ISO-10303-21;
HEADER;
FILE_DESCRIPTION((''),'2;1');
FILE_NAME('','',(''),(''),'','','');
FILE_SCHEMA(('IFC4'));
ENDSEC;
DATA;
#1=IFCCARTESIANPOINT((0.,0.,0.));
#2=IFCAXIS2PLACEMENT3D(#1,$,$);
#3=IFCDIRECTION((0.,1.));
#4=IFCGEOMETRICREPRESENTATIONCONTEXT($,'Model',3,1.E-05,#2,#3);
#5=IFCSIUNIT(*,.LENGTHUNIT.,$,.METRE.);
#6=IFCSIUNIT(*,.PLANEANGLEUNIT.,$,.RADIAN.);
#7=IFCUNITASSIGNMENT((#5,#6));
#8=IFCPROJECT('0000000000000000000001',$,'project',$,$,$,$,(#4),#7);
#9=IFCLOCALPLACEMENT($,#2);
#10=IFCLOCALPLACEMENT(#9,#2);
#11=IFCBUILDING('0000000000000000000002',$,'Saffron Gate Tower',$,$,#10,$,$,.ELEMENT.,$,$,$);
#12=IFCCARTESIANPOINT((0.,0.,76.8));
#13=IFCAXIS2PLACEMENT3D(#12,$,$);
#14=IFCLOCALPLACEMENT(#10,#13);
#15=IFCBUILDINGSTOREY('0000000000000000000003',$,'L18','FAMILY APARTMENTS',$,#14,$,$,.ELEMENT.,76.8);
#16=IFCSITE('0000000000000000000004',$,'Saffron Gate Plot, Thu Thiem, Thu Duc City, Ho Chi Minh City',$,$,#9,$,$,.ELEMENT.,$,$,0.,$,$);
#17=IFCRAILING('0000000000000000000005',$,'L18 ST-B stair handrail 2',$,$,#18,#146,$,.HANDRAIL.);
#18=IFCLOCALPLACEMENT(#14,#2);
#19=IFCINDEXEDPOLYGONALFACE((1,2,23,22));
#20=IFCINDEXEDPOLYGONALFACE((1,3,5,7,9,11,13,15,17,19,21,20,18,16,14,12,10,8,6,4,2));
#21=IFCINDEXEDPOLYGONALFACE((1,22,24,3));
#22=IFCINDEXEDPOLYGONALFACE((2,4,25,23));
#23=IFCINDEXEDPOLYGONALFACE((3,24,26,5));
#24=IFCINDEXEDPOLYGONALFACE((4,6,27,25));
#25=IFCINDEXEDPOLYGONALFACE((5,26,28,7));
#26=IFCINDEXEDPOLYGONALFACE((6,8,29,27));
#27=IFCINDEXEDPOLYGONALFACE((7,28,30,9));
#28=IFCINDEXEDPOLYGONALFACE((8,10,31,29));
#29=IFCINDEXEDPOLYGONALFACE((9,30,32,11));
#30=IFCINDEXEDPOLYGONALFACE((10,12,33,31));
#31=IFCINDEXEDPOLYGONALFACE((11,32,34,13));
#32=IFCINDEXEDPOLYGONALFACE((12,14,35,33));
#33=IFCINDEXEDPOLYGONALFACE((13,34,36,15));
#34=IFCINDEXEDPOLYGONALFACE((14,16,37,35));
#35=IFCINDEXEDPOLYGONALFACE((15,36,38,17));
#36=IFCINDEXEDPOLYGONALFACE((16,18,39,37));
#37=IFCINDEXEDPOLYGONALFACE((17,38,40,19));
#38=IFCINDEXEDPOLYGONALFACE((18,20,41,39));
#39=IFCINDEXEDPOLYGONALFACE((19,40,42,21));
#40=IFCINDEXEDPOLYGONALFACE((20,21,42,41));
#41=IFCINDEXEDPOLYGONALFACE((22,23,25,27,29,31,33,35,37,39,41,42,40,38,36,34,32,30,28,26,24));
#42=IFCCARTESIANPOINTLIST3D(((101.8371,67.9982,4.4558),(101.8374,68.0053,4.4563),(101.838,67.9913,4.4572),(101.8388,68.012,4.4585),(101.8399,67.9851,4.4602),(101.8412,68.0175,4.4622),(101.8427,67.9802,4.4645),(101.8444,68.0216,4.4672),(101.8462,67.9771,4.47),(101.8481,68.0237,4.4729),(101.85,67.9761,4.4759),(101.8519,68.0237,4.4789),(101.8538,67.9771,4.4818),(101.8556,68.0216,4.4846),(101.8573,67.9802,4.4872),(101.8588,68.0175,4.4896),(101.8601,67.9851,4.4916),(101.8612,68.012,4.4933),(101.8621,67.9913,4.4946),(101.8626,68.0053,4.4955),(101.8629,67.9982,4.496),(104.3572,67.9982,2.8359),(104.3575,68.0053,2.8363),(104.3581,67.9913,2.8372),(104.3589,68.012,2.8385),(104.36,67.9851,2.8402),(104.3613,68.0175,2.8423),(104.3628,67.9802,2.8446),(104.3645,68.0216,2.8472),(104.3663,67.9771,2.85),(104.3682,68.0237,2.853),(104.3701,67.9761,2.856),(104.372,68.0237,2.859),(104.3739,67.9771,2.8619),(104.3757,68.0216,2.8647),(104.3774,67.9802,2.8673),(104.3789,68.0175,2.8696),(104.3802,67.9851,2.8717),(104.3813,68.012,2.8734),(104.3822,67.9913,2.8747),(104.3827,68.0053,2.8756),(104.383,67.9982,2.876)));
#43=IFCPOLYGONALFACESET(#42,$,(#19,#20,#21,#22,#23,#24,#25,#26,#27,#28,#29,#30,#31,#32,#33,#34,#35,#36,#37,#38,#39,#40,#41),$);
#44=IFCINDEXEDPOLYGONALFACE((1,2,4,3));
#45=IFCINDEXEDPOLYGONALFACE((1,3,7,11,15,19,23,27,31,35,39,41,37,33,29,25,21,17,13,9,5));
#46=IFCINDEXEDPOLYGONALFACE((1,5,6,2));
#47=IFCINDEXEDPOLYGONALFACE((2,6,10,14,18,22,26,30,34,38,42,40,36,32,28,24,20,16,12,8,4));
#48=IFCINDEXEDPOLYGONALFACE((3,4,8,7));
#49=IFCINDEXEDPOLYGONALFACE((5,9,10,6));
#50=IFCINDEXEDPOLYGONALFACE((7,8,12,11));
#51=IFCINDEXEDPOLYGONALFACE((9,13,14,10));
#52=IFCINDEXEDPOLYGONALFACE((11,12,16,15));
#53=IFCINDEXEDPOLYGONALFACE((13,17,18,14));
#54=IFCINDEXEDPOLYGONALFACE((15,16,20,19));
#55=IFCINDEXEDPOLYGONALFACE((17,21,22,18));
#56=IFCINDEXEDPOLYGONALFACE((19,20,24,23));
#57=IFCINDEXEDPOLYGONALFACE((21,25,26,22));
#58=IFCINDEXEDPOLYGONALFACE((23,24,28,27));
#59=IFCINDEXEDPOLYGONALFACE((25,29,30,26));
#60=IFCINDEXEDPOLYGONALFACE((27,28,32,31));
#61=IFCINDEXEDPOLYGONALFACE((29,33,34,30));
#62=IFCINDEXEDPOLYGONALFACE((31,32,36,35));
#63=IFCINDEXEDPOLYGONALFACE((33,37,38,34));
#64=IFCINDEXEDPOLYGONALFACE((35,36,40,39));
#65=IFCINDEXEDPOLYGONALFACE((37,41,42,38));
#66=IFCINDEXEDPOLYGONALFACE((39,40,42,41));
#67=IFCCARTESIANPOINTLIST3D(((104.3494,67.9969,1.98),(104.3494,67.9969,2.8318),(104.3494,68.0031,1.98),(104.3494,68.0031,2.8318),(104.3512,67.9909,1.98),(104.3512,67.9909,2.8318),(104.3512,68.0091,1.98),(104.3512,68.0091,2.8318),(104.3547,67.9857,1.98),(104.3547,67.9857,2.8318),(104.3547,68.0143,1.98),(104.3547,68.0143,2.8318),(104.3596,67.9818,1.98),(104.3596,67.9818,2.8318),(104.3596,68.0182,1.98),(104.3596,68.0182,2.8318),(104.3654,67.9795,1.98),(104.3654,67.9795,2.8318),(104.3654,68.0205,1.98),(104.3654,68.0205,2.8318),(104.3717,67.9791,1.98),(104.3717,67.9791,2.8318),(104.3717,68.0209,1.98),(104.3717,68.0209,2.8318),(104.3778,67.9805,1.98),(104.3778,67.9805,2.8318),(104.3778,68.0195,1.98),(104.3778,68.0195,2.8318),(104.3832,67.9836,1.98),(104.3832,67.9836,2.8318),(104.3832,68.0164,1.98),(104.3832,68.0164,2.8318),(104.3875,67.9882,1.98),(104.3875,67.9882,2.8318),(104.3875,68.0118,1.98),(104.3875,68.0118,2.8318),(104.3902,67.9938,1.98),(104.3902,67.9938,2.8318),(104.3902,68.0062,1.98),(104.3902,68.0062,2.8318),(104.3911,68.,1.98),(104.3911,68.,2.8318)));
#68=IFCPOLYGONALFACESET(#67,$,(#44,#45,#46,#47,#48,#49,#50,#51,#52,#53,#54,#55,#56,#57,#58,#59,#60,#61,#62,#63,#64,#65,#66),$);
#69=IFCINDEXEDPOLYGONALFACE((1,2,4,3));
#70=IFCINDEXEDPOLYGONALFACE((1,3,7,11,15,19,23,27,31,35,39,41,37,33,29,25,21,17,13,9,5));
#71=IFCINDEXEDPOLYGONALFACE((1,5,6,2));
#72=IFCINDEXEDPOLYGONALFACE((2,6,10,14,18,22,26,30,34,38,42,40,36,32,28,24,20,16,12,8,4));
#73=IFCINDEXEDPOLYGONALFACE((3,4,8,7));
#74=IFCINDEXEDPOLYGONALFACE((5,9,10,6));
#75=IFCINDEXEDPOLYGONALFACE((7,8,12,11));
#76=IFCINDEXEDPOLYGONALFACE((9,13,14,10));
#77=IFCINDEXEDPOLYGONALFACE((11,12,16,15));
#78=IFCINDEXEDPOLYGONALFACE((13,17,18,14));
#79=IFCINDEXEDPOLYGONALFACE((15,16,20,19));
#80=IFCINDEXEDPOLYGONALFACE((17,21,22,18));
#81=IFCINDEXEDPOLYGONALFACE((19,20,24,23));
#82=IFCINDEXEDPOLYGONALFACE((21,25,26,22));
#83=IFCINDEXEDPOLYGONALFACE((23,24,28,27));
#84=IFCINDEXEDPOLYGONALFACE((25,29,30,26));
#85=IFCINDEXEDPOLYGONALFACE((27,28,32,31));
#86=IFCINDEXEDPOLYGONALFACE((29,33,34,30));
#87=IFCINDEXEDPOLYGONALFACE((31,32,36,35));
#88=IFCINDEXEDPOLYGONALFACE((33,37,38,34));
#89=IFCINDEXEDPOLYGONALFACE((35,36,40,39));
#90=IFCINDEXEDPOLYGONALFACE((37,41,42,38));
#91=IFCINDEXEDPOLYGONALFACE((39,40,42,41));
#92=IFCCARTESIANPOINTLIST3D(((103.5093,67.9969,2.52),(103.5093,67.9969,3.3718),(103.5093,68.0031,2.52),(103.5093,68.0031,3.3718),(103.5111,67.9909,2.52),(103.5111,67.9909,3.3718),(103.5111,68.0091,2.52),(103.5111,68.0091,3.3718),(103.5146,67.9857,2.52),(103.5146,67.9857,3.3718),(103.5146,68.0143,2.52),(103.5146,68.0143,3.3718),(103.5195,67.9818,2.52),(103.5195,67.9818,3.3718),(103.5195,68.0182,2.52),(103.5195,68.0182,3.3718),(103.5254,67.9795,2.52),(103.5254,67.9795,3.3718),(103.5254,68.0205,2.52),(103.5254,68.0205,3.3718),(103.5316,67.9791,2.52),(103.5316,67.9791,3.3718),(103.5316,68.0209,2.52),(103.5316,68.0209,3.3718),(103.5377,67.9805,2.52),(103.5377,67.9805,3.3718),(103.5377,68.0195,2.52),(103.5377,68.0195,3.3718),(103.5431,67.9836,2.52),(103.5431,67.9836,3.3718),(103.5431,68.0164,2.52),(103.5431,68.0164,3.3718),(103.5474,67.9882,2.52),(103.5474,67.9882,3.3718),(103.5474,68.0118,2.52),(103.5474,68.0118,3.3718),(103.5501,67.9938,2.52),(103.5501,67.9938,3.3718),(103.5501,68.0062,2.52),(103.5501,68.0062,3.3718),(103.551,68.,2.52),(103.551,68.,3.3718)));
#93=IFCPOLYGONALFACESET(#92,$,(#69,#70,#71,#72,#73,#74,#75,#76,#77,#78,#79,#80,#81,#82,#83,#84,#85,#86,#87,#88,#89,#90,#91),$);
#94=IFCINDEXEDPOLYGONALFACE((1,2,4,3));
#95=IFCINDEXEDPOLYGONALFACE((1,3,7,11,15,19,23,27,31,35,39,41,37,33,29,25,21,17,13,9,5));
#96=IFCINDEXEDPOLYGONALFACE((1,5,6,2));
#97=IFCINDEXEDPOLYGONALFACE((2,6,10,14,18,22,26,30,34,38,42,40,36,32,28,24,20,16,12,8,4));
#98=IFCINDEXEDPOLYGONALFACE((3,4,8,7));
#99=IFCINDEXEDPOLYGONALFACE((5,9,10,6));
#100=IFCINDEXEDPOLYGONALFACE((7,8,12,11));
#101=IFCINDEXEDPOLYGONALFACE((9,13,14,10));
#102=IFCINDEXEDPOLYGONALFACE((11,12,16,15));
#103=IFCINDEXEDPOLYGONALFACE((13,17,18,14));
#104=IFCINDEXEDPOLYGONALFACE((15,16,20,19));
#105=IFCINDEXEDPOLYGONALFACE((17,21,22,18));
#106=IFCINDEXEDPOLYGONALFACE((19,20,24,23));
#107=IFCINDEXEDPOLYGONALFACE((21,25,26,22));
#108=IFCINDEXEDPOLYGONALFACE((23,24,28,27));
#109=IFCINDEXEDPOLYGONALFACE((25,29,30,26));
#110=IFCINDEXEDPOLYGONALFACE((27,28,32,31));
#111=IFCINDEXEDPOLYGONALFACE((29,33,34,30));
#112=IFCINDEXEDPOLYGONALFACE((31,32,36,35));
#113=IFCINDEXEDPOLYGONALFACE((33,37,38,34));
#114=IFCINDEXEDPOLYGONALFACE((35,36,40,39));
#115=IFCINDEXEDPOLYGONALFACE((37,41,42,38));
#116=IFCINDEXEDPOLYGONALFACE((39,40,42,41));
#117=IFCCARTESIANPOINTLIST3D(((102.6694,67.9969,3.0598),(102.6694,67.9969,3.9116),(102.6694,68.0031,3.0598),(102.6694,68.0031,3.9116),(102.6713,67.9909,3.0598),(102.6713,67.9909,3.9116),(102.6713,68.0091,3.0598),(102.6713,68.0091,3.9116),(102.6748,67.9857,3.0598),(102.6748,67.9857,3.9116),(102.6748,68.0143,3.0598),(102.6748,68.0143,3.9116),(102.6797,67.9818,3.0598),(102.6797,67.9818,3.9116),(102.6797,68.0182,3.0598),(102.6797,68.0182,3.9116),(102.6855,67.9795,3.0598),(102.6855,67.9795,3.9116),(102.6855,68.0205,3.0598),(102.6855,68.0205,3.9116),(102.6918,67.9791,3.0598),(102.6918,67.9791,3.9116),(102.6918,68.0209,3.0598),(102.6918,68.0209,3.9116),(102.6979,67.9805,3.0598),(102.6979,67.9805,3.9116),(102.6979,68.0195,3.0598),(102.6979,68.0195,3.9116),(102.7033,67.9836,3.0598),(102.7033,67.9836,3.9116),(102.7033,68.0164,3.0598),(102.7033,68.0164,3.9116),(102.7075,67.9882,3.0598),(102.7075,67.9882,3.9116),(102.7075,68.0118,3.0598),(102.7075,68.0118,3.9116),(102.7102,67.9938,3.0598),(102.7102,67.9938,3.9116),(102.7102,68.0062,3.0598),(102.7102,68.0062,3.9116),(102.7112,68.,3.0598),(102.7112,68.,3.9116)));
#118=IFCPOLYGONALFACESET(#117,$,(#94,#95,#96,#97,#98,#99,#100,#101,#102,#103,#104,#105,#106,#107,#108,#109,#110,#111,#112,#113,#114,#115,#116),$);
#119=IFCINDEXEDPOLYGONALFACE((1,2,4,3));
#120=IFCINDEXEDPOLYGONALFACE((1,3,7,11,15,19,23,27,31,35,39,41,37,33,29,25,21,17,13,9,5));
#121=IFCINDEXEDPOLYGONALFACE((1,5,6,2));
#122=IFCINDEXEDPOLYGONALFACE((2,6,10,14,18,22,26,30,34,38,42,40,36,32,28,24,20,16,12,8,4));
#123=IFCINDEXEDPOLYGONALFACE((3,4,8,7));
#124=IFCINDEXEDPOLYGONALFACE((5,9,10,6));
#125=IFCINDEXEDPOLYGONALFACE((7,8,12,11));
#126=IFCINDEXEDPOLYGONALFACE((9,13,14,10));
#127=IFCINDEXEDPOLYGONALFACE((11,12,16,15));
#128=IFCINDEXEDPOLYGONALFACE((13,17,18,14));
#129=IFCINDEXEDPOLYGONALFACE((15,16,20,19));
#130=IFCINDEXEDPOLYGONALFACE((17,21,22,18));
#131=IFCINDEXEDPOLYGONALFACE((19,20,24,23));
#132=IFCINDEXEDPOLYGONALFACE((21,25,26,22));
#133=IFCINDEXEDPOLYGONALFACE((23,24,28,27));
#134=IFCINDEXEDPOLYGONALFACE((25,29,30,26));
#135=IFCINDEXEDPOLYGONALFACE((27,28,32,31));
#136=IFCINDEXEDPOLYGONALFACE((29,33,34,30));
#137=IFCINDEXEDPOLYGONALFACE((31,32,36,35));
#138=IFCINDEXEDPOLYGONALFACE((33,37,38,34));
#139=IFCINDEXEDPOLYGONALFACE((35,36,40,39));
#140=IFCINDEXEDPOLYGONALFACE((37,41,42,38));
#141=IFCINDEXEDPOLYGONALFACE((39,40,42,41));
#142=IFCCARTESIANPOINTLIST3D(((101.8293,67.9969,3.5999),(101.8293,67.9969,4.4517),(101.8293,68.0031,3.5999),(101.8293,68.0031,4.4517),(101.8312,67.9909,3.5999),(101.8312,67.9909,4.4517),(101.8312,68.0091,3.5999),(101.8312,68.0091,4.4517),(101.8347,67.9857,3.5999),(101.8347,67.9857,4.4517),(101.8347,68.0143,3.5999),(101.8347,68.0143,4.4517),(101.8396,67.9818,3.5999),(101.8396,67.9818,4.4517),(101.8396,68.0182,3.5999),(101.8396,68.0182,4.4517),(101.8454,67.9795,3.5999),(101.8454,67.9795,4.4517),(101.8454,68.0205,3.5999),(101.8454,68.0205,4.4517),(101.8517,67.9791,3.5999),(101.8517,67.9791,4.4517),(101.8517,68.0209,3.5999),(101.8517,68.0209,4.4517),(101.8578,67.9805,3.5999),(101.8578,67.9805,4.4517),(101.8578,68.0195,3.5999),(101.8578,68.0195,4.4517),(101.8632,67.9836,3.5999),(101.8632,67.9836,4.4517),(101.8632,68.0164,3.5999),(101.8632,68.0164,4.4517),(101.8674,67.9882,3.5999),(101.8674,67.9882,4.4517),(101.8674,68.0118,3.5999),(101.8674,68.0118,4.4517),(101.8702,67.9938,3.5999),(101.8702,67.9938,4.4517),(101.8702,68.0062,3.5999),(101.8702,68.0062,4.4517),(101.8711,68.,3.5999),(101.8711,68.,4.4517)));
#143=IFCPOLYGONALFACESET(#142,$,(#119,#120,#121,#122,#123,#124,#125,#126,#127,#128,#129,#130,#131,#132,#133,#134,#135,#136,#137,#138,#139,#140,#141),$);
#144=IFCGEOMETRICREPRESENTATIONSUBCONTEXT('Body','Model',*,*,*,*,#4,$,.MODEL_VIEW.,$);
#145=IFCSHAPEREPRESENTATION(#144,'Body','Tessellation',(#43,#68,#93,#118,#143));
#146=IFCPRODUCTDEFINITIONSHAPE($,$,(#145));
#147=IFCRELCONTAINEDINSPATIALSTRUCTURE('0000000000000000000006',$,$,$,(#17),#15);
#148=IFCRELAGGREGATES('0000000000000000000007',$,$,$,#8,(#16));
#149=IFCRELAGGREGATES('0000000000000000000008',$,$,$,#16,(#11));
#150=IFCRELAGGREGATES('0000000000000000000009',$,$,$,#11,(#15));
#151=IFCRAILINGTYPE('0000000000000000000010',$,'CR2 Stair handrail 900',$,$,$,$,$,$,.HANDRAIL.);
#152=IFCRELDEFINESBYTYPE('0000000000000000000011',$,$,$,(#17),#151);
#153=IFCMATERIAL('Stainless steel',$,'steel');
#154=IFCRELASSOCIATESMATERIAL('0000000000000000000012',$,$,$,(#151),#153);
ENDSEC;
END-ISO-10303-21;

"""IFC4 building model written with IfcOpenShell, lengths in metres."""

from ifc_helpers import new_model, si_unit, direction, frame, origin, origin_2d, place, context, subcontext, project, spatial, circle, extrude, material, type_object, element, save


model = new_model("IFC4")

# Units and contexts
model_context = context("Model", 3, precision=1e-05, world=origin(), true_north=direction((0.0, 1.0)))
body_context = subcontext(model_context, "Body", "Model", "MODEL_VIEW")
ifc_project = project(units=[si_unit("LENGTHUNIT", "METRE"), si_unit("PLANEANGLEUNIT", "RADIAN")], contexts=[model_context])

# Site, building, storey
site_placement = place(None, origin())
site = spatial("IfcSite", under=ifc_project, at=site_placement, Name="Saffron Gate Plot, Thu Thiem, Thu Duc City, Ho Chi Minh City", CompositionType="ELEMENT", RefElevation=0.0)
building_placement = place(site_placement, origin())
building = spatial("IfcBuilding", under=site, at=building_placement, Name="Saffron Gate Tower", CompositionType="ELEMENT")
storey_placement = place(building_placement, frame((0.0, 0.0, 76.8)))
storey = spatial("IfcBuildingStorey", under=building, at=storey_placement, Name="L18", Description="FAMILY APARTMENTS", CompositionType="ELEMENT", Elevation=76.8)

# Railing
ifc_material_1 = material(Name="Stainless steel", Category="steel")
railing_type_1 = type_object("IfcRailingType", Name="CR2 Stair handrail 900", PredefinedType="HANDRAIL", material=ifc_material_1)
railing_1_placement = place(storey_placement, frame((104.3701, 68.0, 1.98)))
element("IfcRailing", 1, at=railing_1_placement, inside=storey, type_object=railing_type_1, Name="L18 ST-B stair handrail 2", PredefinedType="HANDRAIL", context=body_context, shape_type="SweptSolid", body=[
    extrude(circle(Radius=0.0239, at=origin_2d()), frame((0.0, 0.0, 0.876), z_axis=(-0.8412, 0.0, 0.540725), x_axis=(0.0, -1.0, 0.0)), (0.0, 0.0, 1.0), 2.9958),
    extrude(circle(Radius=0.021, at=origin_2d()), origin(), (0.0, 0.0, 1.0), 0.8518),
    extrude(circle(Radius=0.021, at=origin_2d()), frame((-0.8401, 0.0, 0.54)), (0.0, 0.0, 1.0), 0.8518),
    extrude(circle(Radius=0.021, at=origin_2d()), frame((-1.6799, 0.0, 1.0798)), (0.0, 0.0, 1.0), 0.8518),
    extrude(circle(Radius=0.021, at=origin_2d()), frame((-2.52, 0.0, 1.6199)), (0.0, 0.0, 1.0), 0.8518),
])

save(model, "model.ifc")
